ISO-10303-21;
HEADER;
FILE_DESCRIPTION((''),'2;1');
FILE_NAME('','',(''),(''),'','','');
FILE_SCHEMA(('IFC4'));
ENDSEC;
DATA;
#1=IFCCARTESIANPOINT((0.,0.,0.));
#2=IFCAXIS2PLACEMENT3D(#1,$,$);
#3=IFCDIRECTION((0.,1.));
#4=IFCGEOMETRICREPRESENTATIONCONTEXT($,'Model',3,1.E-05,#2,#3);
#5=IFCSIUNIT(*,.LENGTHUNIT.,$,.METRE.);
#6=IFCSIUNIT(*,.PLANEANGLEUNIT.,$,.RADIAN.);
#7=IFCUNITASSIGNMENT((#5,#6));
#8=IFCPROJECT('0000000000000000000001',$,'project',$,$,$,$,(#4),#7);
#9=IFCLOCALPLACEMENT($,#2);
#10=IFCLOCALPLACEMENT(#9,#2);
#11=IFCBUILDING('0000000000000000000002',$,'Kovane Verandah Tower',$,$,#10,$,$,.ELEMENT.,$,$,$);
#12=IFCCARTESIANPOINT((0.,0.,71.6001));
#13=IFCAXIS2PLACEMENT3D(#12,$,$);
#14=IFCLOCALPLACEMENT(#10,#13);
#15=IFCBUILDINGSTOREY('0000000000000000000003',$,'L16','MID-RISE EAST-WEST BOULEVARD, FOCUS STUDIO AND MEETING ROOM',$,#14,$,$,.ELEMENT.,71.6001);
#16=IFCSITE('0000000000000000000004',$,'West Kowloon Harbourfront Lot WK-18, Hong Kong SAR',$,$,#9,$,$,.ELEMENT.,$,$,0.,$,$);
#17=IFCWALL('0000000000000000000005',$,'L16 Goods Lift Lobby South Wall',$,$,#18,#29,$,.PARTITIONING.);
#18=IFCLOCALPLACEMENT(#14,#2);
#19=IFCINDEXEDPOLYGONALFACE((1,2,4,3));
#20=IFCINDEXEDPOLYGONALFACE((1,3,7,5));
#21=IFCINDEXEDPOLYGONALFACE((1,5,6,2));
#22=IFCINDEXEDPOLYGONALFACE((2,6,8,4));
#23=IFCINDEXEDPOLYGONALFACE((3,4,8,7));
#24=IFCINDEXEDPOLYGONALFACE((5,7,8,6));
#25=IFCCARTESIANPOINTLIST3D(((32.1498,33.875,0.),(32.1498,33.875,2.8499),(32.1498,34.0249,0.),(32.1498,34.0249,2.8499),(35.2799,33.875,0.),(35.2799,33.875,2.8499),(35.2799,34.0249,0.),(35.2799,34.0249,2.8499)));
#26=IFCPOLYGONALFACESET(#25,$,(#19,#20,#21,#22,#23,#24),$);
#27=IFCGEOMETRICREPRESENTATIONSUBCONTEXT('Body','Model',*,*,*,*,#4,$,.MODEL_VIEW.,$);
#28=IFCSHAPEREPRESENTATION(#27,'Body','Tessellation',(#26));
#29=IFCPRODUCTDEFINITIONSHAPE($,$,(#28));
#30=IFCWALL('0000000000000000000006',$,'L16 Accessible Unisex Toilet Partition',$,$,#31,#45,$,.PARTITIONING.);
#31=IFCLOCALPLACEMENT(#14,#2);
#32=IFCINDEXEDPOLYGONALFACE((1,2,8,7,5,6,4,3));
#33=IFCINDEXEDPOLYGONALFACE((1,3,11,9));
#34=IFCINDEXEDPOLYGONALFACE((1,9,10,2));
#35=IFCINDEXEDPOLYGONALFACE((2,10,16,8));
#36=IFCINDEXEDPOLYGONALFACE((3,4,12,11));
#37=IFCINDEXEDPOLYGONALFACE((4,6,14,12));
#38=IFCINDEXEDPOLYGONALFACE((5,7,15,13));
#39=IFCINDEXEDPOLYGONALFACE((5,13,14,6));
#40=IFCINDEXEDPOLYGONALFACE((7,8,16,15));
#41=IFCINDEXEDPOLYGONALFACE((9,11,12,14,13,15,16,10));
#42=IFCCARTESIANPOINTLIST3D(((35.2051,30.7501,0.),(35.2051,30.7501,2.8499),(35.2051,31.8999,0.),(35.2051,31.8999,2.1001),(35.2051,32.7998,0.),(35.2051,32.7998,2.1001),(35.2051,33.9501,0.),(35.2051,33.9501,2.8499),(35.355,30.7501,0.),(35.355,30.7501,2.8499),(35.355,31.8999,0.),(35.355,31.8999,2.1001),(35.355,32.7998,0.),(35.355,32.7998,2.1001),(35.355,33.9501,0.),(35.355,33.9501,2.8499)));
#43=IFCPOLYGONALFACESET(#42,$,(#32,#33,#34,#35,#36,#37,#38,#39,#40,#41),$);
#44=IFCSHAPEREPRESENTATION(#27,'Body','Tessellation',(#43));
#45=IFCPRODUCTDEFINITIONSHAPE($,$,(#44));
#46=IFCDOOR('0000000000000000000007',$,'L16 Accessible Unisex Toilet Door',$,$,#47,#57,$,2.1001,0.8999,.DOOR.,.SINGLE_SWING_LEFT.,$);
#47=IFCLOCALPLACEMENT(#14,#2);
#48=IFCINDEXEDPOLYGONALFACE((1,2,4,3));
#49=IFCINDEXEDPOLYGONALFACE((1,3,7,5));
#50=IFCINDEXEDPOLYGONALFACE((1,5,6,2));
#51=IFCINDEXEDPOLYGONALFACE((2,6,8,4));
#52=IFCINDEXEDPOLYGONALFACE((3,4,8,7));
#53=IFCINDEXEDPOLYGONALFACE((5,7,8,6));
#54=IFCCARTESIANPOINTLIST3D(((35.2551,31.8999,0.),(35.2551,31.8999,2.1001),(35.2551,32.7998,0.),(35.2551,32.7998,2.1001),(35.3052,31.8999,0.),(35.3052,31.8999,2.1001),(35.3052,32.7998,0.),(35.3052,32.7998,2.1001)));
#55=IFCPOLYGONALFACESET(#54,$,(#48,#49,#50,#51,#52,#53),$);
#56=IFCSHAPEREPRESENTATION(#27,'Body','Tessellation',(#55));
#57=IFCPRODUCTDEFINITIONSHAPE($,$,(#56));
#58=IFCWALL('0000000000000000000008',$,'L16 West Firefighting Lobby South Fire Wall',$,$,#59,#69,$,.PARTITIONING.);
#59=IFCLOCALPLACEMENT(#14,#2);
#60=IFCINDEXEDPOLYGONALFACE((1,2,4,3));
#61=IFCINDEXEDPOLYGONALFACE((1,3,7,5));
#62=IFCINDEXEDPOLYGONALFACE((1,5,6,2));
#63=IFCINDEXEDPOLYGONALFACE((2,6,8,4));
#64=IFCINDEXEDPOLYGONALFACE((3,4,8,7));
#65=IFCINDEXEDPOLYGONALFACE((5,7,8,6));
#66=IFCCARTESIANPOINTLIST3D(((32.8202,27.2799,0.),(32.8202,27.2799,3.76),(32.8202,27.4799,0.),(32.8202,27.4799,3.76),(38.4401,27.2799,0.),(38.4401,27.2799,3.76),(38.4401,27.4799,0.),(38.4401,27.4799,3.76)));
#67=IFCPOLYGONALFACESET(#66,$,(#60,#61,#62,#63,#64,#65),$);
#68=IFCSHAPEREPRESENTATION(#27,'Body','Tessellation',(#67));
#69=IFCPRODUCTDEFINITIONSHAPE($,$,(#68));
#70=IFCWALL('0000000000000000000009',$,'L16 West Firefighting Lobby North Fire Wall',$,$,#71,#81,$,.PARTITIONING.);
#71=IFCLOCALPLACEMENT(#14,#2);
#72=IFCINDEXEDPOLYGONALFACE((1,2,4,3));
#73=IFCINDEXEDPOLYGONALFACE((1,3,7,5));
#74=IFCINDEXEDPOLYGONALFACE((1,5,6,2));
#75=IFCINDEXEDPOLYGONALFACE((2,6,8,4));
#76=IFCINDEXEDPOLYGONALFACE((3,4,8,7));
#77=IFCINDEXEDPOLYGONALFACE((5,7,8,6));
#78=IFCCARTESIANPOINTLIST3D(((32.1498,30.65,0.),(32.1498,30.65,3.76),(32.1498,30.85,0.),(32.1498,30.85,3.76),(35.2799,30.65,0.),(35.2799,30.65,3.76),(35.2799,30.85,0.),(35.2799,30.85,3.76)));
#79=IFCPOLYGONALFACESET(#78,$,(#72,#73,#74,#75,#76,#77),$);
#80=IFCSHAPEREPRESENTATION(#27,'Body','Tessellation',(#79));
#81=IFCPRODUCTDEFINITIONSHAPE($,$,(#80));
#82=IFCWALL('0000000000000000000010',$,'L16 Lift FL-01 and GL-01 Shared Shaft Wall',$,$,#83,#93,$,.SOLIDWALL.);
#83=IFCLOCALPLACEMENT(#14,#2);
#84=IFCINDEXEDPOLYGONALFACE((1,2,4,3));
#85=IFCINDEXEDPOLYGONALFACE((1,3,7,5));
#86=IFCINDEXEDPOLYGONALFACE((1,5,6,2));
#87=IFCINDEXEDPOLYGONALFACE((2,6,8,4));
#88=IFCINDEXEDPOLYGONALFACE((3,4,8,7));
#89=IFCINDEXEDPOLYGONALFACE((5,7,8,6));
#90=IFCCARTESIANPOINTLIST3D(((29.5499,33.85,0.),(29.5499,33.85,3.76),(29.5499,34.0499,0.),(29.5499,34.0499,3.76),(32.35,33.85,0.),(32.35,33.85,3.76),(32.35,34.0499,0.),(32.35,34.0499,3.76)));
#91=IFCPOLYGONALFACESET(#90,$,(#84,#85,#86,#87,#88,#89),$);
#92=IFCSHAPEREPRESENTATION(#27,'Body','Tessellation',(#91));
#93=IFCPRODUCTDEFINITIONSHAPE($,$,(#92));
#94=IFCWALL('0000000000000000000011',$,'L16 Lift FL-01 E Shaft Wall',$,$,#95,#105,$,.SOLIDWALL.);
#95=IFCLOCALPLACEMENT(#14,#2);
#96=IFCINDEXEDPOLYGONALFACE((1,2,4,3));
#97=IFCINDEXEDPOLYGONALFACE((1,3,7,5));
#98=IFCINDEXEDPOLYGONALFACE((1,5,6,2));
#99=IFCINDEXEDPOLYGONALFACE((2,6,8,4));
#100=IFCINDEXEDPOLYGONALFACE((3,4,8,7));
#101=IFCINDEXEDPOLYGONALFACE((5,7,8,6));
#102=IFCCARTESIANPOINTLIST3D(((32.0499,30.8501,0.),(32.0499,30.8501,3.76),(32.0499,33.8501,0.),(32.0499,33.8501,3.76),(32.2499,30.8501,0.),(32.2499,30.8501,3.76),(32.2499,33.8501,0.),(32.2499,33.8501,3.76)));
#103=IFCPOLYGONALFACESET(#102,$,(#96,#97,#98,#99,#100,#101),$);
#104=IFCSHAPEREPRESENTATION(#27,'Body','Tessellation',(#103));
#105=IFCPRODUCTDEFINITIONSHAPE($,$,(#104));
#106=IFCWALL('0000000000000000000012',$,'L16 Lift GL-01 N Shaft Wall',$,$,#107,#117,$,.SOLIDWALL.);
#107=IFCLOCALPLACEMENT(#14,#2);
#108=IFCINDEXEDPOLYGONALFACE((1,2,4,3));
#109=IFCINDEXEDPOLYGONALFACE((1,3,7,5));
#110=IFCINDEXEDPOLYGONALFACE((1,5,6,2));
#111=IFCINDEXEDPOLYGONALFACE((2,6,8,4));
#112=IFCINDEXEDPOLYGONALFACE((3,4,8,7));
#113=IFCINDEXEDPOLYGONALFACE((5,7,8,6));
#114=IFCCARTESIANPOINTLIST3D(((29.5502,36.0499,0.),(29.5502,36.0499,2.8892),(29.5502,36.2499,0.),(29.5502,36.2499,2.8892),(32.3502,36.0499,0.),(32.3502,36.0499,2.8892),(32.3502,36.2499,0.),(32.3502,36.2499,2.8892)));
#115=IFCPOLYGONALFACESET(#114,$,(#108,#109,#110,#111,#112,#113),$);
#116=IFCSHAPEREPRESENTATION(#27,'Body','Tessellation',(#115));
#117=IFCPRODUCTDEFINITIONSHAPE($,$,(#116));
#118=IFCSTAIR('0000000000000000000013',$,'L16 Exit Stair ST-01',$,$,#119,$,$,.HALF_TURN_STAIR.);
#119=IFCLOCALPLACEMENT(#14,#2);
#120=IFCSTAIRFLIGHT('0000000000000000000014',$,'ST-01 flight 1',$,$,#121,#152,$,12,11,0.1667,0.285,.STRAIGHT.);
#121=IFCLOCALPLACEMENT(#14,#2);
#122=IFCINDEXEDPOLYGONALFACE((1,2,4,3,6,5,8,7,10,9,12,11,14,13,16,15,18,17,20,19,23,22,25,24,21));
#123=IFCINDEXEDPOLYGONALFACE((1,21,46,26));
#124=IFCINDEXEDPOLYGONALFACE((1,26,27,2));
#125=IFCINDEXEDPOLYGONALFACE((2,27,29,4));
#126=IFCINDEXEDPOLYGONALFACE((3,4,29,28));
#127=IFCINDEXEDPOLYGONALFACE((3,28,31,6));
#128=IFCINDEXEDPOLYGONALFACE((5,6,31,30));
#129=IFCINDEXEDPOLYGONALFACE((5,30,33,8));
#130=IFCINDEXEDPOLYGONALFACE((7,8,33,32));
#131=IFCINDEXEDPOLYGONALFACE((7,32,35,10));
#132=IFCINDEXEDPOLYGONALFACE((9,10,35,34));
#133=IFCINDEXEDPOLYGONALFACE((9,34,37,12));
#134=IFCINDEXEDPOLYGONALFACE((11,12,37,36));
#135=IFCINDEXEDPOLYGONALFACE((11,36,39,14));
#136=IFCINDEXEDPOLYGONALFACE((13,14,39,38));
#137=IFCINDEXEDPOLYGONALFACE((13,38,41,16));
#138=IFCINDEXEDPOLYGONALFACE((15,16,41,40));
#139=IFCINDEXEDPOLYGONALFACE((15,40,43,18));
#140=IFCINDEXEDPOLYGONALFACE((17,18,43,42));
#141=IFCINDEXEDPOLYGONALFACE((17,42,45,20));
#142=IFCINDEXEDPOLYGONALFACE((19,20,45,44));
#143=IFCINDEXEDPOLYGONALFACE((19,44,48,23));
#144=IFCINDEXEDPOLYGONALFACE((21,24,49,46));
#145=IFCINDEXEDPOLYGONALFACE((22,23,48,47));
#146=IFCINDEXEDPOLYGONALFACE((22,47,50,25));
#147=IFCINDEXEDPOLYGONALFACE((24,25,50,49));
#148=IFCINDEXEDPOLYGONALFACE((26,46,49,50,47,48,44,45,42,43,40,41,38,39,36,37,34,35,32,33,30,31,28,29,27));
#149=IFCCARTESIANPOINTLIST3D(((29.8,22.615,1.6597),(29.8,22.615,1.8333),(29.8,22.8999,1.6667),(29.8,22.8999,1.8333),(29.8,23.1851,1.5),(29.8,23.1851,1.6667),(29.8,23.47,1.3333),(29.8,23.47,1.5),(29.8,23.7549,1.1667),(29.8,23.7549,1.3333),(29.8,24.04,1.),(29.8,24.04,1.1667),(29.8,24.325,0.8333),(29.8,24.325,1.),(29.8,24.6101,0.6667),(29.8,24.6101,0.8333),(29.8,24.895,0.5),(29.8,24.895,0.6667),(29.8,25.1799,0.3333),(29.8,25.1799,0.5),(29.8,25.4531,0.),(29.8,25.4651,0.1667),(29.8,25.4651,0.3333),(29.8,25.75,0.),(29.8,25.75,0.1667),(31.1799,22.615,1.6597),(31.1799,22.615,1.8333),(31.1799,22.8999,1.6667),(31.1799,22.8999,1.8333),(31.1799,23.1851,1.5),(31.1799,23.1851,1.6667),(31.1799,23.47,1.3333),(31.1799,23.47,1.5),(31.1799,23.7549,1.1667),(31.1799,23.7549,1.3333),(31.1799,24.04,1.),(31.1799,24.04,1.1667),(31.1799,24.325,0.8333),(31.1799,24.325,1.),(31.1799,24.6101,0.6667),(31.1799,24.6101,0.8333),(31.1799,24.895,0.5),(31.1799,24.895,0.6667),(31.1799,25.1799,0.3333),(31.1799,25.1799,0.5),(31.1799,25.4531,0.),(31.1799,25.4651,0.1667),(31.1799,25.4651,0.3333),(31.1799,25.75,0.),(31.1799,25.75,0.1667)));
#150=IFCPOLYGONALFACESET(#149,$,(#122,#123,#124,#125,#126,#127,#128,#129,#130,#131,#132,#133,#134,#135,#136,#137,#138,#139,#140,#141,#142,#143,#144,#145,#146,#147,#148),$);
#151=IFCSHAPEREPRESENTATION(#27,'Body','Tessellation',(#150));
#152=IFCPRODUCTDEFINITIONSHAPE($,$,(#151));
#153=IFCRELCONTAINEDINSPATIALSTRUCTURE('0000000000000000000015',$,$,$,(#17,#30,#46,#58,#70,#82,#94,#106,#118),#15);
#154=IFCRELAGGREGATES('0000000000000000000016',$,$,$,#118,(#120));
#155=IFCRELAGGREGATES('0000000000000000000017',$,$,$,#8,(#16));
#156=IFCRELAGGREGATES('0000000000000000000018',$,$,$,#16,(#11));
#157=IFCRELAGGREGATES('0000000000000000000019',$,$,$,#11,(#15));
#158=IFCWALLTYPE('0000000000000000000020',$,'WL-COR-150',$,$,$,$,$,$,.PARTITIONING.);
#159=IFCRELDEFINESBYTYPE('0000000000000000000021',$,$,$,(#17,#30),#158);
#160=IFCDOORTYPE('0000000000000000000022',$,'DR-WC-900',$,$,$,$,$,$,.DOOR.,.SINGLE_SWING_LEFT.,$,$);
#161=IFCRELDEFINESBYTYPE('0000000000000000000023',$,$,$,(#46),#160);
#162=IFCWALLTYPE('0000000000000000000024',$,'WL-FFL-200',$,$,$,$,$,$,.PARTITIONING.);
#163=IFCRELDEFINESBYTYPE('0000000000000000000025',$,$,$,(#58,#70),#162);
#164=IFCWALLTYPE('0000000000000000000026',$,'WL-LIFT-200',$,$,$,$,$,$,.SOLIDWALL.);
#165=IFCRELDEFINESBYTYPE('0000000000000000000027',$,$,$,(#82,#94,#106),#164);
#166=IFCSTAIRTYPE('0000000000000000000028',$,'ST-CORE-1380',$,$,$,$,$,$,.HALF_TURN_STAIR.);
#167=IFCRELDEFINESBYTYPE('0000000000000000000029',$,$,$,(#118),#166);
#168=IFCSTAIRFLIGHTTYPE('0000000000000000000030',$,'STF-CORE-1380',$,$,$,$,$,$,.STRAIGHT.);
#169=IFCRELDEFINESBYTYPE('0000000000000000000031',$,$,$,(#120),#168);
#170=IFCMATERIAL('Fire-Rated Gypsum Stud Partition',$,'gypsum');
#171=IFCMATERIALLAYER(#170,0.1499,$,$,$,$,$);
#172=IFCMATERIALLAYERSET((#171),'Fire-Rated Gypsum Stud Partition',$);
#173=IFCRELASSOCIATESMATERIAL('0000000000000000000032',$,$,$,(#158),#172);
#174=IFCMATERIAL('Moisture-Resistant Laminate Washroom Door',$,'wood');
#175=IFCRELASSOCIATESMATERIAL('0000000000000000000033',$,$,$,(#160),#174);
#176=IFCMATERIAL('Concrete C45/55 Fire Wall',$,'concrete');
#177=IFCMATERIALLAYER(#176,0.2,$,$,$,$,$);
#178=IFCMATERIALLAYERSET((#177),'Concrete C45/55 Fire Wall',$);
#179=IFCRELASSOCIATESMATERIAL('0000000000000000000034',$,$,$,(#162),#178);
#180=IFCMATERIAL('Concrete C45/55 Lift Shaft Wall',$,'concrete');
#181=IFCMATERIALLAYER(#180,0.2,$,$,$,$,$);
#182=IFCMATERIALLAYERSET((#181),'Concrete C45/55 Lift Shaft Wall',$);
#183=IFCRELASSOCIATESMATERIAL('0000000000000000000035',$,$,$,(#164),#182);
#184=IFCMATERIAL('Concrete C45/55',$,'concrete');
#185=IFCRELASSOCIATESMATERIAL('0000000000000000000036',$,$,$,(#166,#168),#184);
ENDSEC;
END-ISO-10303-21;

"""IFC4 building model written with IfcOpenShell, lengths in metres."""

from ifc_helpers import new_model, si_unit, direction, frame, frame_2d, origin, place, context, subcontext, project, spatial, polyline, rectangle, outline, extrude, material, layer, layer_set, type_object, element, fill, aggregate, save


model = new_model("IFC4")

# Units and contexts
model_context = context("Model", 3, precision=1e-05, world=origin(), true_north=direction((0.0, 1.0)))
body_context = subcontext(model_context, "Body", "Model", "MODEL_VIEW")
ifc_project = project(units=[si_unit("LENGTHUNIT", "METRE"), si_unit("PLANEANGLEUNIT", "RADIAN")], contexts=[model_context])

# Site, building, storey
site_placement = place(None, origin())
site = spatial("IfcSite", under=ifc_project, at=site_placement, Name="West Kowloon Harbourfront Lot WK-18, Hong Kong SAR", CompositionType="ELEMENT", RefElevation=0.0)
building_placement = place(site_placement, origin())
building = spatial("IfcBuilding", under=site, at=building_placement, Name="Kovane Verandah Tower", CompositionType="ELEMENT")
storey_placement = place(building_placement, frame((0.0, 0.0, 71.6001)))
storey = spatial("IfcBuildingStorey", under=building, at=storey_placement, Name="L16", Description="MID-RISE EAST-WEST BOULEVARD, FOCUS STUDIO AND MEETING ROOM", CompositionType="ELEMENT", Elevation=71.6001)

# Wall
ifc_material_1 = material(Name="Fire-Rated Gypsum Stud Partition", Category="gypsum")
ifc_layer_1 = layer(ifc_material_1, 0.1499)
ifc_layer_set_1 = layer_set([ifc_layer_1], Name="Fire-Rated Gypsum Stud Partition")
wall_type_1 = type_object("IfcWallType", Name="WL-COR-150", PredefinedType="PARTITIONING", material=ifc_layer_set_1)
wall_1_placement = place(storey_placement, frame((32.1499, 33.95, 0.0), z_axis=(0.0, 0.0, 1.0), x_axis=(1.0, 0.0, 0.0)))
element("IfcWall", 1, at=wall_1_placement, inside=storey, type_object=wall_type_1, Name="L16 Goods Lift Lobby South Wall", PredefinedType="PARTITIONING", context=body_context, shape_type="SweptSolid", body=[
    extrude(rectangle(XDim=3.1301, YDim=0.1499, at=frame_2d((1.5649, 0.0))), origin(), (0.0, 0.0, 1.0), 2.8499),
])

# Wall, opening, door
wall_2_placement = place(storey_placement, frame((35.28, 30.75, 0.0), z_axis=(0.0, 0.0, 1.0), x_axis=(0.0, 1.0, 0.0)))
wall_2 = element("IfcWall", 2, at=wall_2_placement, inside=storey, type_object=wall_type_1, Name="L16 Accessible Unisex Toilet Partition", PredefinedType="PARTITIONING", context=body_context, shape_type="SweptSolid", body=[
    extrude(rectangle(XDim=3.2, YDim=0.1499, at=frame_2d((1.6001, 0.0))), origin(), (0.0, 0.0, 1.0), 2.8499),
])
opening_1_placement = place(wall_2_placement, frame((1.1499, 0.0, 0.0)))
opening_1 = element("IfcOpeningElement", 3, at=opening_1_placement, cuts=wall_2, PredefinedType="OPENING", context=body_context, shape_type="SweptSolid", body=[
    extrude(rectangle(XDim=0.8999, YDim=2.1001, at=frame_2d((0.45, 1.05))), frame((0.0, 0.075, 0.0), z_axis=(0.0, -1.0, 0.0), x_axis=(1.0, 0.0, 0.0)), (0.0, 0.0, 1.0), 0.1499),
])
ifc_material_2 = material(Name="Moisture-Resistant Laminate Washroom Door", Category="wood")
door_type_1 = type_object("IfcDoorType", Name="DR-WC-900", OperationType="SINGLE_SWING_LEFT", PredefinedType="DOOR", material=ifc_material_2)
door_1_placement = place(opening_1_placement, origin())
door_1 = element("IfcDoor", 4, at=door_1_placement, inside=storey, type_object=door_type_1, Name="L16 Accessible Unisex Toilet Door", OperationType="SINGLE_SWING_LEFT", OverallHeight=2.1001, OverallWidth=0.8999, PredefinedType="DOOR", context=body_context, shape_type="SweptSolid", body=[
    extrude(rectangle(XDim=0.8999, YDim=2.1001, at=frame_2d((0.45, 1.05))), frame((0.0, 0.0249, 0.0), z_axis=(0.0, -1.0, 0.0), x_axis=(1.0, 0.0, 0.0)), (0.0, 0.0, 1.0), 0.05),
])
fill(opening_1, door_1)
ifc_material_3 = material(Name="Concrete C45/55 Fire Wall", Category="concrete")
ifc_layer_2 = layer(ifc_material_3, 0.2)
ifc_layer_set_2 = layer_set([ifc_layer_2], Name="Concrete C45/55 Fire Wall")
wall_type_2 = type_object("IfcWallType", Name="WL-FFL-200", PredefinedType="PARTITIONING", material=ifc_layer_set_2)

# Walls
wall_3_placement = place(storey_placement, frame((32.8201, 27.3799, 0.0), z_axis=(0.0, 0.0, 1.0), x_axis=(1.0, 0.0, 0.0)))
element("IfcWall", 5, at=wall_3_placement, inside=storey, type_object=wall_type_2, Name="L16 West Firefighting Lobby South Fire Wall", PredefinedType="PARTITIONING", context=body_context, shape_type="SweptSolid", body=[
    extrude(rectangle(XDim=5.6199, YDim=0.2, at=frame_2d((2.8101, 0.0))), origin(), (0.0, 0.0, 1.0), 3.76),
])
wall_4_placement = place(storey_placement, frame((32.1499, 30.75, 0.0), z_axis=(0.0, 0.0, 1.0), x_axis=(1.0, 0.0, 0.0)))
element("IfcWall", 6, at=wall_4_placement, inside=storey, type_object=wall_type_2, Name="L16 West Firefighting Lobby North Fire Wall", PredefinedType="PARTITIONING", context=body_context, shape_type="SweptSolid", body=[
    extrude(rectangle(XDim=3.1301, YDim=0.2, at=frame_2d((1.5649, 0.0))), origin(), (0.0, 0.0, 1.0), 3.76),
])
ifc_material_4 = material(Name="Concrete C45/55 Lift Shaft Wall", Category="concrete")
ifc_layer_3 = layer(ifc_material_4, 0.2)
ifc_layer_set_3 = layer_set([ifc_layer_3], Name="Concrete C45/55 Lift Shaft Wall")
wall_type_3 = type_object("IfcWallType", Name="WL-LIFT-200", PredefinedType="SOLIDWALL", material=ifc_layer_set_3)
wall_5_placement = place(storey_placement, frame((29.55, 33.95, 0.0), z_axis=(0.0, 0.0, 1.0), x_axis=(1.0, 0.0, 0.0)))
element("IfcWall", 7, at=wall_5_placement, inside=storey, type_object=wall_type_3, Name="L16 Lift FL-01 and GL-01 Shared Shaft Wall", PredefinedType="SOLIDWALL", context=body_context, shape_type="SweptSolid", body=[
    extrude(rectangle(XDim=2.8, YDim=0.2, at=frame_2d((1.3999, 0.0))), origin(), (0.0, 0.0, 1.0), 3.76),
])
wall_6_placement = place(storey_placement, frame((32.1499, 30.8501, 0.0), z_axis=(0.0, 0.0, 1.0), x_axis=(0.0, 1.0, 0.0)))
element("IfcWall", 8, at=wall_6_placement, inside=storey, type_object=wall_type_3, Name="L16 Lift FL-01 E Shaft Wall", PredefinedType="SOLIDWALL", context=body_context, shape_type="SweptSolid", body=[
    extrude(rectangle(XDim=3.0, YDim=0.2, at=frame_2d((1.5, 0.0))), origin(), (0.0, 0.0, 1.0), 3.76),
])
wall_7_placement = place(storey_placement, frame((32.3501, 36.1499, 0.0), z_axis=(0.0, 0.0, 1.0), x_axis=(-1.0, 0.0, 0.0)))
element("IfcWall", 9, at=wall_7_placement, inside=storey, type_object=wall_type_3, Name="L16 Lift GL-01 N Shaft Wall", PredefinedType="SOLIDWALL", context=body_context, shape_type="SweptSolid", body=[
    extrude(rectangle(XDim=2.8, YDim=0.2, at=frame_2d((1.3999, 0.0))), origin(), (0.0, 0.0, 1.0), 2.8892),
])

# Shared definitions
ifc_material_5 = material(Name="Concrete C45/55", Category="concrete")

# Stair, stair flight
stair_type = type_object("IfcStairType", Name="ST-CORE-1380", PredefinedType="HALF_TURN_STAIR", material=ifc_material_5)
stair_placement = place(storey_placement, origin())
stair = element("IfcStair", 10, at=stair_placement, inside=storey, type_object=stair_type, Name="L16 Exit Stair ST-01", PredefinedType="HALF_TURN_STAIR")
stair_flight_type = type_object("IfcStairFlightType", Name="STF-CORE-1380", PredefinedType="STRAIGHT", material=ifc_material_5)
stair_flight_1_placement = place(storey_placement, frame((30.49, 25.75, 0.0), z_axis=(0.0, 0.0, 1.0), x_axis=(0.0, -1.0, 0.0)))
stair_flight_1 = element("IfcStairFlight", 11, at=stair_flight_1_placement, type_object=stair_flight_type, Name="ST-01 flight 1", NumberOfRisers=12, NumberOfTreads=11, PredefinedType="STRAIGHT", RiserHeight=0.1667, TreadLength=0.285, context=body_context, shape_type="SweptSolid", body=[
    extrude(outline(polyline([(0.0, 0.0), (0.0, 0.1667), (0.2849, 0.1667), (0.2849, 0.3333), (0.5701, 0.3333), (0.5701, 0.5), (0.855, 0.5), (0.855, 0.6667), (1.1399, 0.6667), (1.1399, 0.8333), (1.425, 0.8333), (1.425, 1.0), (1.71, 1.0), (1.71, 1.1667), (1.9951, 1.1667), (1.9951, 1.3333), (2.28, 1.3333), (2.28, 1.5), (2.5649, 1.5), (2.5649, 1.6667), (2.8501, 1.6667), (2.8501, 1.8333), (3.135, 1.8333), (3.135, 2.0), (3.135, 1.6597), (0.2969, 0.0), (0.0, 0.0)])), frame((0.0, 0.6899, 0.0), z_axis=(0.0, -1.0, 0.0), x_axis=(1.0, 0.0, 0.0)), (0.0, 0.0, 1.0), 1.3799),
])
aggregate(stair, [stair_flight_1])

save(model, "model.ifc")
